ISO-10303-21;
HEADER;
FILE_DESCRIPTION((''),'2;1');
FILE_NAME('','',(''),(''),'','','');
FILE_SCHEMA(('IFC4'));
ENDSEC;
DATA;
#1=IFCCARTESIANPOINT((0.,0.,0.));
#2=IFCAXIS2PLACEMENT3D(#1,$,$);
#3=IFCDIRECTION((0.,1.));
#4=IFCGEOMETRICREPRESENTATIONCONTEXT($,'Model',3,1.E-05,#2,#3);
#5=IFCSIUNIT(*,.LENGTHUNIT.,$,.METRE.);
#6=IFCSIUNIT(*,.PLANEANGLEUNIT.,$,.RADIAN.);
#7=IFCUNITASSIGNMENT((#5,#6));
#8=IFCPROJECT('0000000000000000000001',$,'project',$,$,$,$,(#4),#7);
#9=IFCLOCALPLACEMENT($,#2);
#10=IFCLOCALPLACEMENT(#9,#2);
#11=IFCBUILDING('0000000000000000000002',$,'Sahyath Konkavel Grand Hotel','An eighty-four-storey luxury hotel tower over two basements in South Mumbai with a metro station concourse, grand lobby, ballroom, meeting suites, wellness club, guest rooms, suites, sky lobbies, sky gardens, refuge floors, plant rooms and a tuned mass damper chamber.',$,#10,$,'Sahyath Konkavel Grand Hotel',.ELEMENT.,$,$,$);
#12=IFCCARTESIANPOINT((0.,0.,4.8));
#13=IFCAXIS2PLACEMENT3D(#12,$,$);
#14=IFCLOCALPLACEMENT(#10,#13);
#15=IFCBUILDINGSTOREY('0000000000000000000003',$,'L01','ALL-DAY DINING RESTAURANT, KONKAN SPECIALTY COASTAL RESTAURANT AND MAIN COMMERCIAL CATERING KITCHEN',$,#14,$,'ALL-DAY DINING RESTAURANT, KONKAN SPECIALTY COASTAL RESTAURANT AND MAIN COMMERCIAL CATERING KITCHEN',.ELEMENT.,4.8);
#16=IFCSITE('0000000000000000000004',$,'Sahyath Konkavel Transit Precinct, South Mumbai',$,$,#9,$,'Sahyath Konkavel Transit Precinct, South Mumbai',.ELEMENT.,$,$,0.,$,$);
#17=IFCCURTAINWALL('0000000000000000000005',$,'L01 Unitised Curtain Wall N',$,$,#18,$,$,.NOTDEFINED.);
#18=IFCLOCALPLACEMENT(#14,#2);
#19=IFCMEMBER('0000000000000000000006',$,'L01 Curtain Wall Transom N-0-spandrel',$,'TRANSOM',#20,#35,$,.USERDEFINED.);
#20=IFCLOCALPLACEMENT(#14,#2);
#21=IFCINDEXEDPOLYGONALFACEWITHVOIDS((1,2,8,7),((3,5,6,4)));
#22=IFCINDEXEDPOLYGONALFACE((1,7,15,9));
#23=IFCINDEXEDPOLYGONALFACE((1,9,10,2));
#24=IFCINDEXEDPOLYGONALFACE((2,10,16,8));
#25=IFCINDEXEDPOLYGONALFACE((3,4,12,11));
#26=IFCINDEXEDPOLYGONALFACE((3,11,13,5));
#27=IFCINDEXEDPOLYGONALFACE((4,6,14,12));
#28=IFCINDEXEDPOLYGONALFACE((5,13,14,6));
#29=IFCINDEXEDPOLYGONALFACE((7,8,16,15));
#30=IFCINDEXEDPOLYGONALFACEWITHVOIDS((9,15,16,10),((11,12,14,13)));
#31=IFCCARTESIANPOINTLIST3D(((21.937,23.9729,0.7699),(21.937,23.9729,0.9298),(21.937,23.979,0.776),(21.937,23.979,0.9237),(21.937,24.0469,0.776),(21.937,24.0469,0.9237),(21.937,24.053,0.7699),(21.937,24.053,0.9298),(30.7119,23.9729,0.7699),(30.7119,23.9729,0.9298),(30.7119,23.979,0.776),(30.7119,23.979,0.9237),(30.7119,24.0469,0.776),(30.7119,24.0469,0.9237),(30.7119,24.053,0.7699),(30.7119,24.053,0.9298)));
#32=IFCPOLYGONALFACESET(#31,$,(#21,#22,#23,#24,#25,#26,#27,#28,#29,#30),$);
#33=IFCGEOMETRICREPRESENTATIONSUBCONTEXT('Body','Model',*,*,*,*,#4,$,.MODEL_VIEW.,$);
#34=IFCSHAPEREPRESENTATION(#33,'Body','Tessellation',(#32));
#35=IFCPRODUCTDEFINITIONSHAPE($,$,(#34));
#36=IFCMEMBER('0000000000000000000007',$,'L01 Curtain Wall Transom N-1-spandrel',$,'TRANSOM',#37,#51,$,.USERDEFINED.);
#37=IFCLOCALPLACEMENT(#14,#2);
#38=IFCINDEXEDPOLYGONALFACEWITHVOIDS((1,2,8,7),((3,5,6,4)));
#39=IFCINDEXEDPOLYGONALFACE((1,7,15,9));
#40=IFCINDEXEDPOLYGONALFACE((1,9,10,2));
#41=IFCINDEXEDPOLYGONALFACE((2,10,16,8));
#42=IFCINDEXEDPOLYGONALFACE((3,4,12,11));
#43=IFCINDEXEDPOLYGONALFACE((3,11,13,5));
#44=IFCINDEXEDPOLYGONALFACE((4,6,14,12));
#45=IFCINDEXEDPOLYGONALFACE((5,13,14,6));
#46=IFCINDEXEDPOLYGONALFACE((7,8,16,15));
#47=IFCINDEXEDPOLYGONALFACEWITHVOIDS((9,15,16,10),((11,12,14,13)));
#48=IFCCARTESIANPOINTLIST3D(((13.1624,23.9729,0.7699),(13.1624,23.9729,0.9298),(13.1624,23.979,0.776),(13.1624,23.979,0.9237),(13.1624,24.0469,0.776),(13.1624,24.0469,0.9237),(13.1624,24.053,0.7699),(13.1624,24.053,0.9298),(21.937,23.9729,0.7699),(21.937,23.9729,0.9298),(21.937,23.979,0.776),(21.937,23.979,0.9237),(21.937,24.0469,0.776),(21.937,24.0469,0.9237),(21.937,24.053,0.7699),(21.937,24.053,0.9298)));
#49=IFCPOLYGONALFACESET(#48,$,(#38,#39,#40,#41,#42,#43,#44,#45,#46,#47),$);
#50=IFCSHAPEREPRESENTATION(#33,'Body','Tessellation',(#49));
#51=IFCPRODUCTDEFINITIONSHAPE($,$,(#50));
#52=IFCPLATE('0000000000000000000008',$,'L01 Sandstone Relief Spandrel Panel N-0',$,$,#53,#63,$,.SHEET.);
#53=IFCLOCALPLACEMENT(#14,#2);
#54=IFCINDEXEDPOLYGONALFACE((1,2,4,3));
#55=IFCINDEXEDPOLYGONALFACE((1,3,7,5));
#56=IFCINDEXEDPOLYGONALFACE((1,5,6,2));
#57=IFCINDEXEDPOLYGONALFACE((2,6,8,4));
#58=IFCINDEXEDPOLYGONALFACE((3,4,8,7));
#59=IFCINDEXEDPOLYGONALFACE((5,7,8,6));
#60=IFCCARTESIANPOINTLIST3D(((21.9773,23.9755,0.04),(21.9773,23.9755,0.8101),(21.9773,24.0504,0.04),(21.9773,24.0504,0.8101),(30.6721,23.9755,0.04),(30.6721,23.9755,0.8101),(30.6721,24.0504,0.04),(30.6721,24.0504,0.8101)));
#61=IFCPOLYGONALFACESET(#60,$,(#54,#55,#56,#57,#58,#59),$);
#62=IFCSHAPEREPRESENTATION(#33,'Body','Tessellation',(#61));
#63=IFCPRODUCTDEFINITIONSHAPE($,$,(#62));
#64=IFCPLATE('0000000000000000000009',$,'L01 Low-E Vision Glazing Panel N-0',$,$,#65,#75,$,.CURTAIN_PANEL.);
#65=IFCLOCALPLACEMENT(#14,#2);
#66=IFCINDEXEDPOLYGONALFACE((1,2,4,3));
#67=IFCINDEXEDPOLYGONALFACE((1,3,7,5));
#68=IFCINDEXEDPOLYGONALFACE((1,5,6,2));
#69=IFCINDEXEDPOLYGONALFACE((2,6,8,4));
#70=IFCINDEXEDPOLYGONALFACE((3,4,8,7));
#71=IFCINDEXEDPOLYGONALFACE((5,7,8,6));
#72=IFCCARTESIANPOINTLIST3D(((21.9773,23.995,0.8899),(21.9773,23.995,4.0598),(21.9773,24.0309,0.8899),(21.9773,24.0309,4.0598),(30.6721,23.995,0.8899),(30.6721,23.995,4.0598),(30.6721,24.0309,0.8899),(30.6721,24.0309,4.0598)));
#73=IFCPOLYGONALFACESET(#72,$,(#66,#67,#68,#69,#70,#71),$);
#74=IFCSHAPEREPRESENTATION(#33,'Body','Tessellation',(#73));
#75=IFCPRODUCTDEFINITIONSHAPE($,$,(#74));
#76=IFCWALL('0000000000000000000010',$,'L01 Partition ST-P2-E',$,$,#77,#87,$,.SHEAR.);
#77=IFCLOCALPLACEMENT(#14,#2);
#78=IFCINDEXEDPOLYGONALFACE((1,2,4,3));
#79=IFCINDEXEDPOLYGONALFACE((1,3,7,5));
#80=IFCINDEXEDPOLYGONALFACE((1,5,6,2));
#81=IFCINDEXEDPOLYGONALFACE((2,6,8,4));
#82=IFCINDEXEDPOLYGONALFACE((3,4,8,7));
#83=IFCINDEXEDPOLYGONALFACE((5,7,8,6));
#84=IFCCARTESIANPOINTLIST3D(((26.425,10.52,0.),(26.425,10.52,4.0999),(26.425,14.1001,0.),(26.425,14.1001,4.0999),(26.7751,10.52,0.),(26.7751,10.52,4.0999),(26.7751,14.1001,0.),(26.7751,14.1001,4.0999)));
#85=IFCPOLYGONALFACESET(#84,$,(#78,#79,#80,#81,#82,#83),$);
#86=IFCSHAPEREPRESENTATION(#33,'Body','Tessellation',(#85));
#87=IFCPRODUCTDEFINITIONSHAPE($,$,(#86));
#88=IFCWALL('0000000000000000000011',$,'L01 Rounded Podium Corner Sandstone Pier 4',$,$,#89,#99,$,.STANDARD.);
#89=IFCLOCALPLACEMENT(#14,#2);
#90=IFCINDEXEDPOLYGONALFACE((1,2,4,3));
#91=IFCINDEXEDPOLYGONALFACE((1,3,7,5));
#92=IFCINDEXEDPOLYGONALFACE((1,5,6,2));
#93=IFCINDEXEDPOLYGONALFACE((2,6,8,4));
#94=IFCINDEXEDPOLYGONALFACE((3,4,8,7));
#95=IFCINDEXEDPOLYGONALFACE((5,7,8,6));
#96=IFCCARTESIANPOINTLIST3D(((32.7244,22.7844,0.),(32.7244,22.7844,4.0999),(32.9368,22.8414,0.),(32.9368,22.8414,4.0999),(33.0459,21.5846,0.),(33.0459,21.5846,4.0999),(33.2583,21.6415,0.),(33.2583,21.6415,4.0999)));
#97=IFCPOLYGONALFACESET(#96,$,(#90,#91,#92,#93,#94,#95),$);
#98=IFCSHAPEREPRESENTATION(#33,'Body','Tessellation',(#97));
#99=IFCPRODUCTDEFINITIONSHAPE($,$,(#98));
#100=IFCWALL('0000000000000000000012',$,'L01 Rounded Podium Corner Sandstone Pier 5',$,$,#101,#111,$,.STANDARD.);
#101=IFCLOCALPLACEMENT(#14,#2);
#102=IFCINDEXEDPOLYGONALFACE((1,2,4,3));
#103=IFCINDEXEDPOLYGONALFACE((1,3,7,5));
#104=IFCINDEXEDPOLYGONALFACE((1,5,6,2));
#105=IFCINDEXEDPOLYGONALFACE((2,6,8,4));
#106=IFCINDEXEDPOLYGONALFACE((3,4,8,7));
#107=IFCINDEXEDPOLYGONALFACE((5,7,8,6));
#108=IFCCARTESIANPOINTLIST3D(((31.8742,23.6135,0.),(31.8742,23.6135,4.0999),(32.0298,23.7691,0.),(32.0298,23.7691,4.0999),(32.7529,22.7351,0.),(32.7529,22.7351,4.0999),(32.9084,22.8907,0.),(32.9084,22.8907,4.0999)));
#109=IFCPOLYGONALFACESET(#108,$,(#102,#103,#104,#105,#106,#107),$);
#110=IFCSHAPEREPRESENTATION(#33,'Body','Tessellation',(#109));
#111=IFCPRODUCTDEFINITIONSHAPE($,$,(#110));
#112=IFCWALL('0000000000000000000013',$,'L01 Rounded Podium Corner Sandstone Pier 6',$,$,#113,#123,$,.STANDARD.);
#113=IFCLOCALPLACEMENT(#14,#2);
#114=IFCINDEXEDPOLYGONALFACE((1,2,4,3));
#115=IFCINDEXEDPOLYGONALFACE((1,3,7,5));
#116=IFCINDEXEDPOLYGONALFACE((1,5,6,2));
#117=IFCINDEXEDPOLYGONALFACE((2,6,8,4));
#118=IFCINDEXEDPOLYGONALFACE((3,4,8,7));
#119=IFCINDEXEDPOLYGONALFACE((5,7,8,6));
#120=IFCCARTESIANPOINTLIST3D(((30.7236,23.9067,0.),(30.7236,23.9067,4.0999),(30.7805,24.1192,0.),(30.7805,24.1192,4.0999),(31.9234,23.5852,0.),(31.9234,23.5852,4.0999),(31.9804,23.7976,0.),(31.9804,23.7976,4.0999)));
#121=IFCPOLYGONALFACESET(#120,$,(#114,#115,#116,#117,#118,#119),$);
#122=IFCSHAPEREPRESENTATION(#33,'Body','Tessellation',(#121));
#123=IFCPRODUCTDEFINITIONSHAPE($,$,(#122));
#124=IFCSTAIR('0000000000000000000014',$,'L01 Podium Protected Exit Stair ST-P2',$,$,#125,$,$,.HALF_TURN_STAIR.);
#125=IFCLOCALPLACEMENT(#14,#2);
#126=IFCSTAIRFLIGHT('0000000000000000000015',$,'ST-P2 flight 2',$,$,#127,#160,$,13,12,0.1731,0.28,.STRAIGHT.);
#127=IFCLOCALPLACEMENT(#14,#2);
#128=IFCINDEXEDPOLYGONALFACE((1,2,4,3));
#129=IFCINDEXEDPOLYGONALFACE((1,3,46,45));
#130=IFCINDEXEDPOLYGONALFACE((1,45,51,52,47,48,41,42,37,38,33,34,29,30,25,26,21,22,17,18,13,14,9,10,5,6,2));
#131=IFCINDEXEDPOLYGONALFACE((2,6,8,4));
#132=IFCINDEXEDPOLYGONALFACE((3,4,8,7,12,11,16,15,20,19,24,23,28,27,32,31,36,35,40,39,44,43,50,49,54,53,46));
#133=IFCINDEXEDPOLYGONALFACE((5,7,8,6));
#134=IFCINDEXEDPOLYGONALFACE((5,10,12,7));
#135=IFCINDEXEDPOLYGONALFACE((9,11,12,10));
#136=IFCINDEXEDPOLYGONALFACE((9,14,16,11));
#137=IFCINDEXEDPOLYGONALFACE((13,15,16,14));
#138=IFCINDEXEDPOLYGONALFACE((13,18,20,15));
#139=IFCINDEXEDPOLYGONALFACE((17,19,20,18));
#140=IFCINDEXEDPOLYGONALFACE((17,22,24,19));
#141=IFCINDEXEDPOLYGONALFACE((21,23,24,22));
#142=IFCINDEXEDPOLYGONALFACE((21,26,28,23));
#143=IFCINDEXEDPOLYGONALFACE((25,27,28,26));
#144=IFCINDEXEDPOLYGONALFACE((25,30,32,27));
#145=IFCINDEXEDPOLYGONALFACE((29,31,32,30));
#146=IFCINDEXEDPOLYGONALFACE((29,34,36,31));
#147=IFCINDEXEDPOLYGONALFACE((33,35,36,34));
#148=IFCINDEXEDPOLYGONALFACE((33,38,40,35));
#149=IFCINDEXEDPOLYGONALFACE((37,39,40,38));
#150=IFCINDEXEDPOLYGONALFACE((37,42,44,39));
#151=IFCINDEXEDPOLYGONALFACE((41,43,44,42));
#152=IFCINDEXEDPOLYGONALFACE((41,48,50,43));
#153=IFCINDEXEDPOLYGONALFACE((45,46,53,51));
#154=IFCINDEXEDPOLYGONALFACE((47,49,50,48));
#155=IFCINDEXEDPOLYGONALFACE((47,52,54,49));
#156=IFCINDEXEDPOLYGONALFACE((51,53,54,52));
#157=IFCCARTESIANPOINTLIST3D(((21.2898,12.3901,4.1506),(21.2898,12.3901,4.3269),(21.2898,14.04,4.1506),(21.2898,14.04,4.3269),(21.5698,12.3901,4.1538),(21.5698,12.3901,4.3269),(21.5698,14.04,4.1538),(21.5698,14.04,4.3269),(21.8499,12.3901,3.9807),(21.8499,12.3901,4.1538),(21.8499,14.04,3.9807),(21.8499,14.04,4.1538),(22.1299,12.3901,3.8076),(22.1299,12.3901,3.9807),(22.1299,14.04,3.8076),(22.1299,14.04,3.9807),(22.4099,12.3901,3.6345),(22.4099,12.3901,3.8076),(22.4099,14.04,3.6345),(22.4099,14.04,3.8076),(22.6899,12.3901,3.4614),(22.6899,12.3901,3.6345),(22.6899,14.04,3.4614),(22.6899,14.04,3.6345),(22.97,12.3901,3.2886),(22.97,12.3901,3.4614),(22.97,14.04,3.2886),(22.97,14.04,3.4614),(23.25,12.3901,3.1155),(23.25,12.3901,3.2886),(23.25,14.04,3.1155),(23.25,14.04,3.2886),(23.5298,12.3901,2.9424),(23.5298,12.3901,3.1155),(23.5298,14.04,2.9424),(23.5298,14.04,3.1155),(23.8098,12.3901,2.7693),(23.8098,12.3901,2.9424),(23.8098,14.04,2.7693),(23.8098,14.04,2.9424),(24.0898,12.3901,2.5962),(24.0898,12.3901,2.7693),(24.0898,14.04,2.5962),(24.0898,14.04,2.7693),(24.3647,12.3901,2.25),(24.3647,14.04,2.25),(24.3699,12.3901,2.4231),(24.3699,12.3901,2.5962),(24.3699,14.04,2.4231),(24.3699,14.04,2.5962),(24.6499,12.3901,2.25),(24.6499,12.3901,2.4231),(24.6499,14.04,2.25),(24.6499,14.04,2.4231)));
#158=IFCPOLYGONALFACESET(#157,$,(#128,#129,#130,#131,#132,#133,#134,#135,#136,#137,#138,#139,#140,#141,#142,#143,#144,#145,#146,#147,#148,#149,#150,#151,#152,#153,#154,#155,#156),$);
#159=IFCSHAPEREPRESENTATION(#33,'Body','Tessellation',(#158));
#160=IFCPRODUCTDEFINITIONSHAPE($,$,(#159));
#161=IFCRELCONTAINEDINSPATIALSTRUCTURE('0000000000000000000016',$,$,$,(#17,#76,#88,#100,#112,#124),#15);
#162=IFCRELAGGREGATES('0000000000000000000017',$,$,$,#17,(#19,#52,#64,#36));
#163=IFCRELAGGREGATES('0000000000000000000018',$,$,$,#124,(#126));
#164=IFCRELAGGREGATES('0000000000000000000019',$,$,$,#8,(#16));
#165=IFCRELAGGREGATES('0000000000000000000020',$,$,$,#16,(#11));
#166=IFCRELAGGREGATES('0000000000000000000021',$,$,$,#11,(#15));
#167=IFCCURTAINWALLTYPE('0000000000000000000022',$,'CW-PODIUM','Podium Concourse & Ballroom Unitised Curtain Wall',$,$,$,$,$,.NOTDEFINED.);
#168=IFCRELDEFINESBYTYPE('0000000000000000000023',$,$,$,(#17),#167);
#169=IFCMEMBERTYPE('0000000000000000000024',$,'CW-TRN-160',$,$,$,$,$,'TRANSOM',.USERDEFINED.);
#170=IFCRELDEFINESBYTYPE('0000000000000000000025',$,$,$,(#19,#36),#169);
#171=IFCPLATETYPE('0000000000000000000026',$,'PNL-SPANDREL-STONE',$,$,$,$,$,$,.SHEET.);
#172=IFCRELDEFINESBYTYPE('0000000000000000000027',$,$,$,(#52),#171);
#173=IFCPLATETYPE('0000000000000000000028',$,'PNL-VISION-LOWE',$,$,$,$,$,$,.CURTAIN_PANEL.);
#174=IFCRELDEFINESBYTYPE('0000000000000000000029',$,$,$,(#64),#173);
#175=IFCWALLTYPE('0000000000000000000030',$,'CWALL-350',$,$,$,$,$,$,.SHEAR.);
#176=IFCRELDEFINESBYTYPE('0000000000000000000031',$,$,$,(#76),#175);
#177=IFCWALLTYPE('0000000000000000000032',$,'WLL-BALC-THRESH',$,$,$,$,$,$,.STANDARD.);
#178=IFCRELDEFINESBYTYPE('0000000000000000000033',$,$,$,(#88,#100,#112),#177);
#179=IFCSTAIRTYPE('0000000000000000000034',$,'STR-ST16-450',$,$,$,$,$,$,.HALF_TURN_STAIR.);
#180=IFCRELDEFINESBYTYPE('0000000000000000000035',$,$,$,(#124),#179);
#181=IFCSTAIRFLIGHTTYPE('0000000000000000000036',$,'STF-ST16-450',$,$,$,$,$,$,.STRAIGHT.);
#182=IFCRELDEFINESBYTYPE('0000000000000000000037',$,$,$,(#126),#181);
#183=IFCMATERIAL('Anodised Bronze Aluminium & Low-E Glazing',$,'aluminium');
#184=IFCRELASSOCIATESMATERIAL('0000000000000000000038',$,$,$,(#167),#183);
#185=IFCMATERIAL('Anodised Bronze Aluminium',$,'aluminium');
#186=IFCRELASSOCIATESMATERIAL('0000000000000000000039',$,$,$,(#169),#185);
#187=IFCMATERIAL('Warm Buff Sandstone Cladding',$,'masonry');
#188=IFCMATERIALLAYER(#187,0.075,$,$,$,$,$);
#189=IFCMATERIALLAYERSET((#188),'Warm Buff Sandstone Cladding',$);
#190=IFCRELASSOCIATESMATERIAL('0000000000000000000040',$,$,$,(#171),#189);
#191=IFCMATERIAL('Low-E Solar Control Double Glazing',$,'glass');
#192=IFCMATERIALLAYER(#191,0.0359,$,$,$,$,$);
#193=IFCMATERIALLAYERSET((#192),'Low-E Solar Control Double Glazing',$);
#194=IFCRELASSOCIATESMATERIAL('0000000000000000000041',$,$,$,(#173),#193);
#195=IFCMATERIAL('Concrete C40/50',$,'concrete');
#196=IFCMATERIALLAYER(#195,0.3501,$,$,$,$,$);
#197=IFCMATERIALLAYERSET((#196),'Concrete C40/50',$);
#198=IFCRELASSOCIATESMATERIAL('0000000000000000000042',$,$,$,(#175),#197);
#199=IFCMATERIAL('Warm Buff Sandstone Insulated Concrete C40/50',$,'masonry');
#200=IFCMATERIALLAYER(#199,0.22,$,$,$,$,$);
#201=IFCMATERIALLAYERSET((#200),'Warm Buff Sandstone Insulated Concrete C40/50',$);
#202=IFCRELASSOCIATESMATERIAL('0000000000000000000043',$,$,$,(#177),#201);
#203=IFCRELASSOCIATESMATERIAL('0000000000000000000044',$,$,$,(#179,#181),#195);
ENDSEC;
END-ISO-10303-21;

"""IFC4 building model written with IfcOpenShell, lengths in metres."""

from ifc_helpers import new_model, si_unit, direction, frame, frame_2d, origin, origin_2d, place, context, subcontext, project, spatial, polyline, rectangle, hollow_rectangle, outline, extrude, source, transform, mapped, material, layer, layer_set, material_profile, profile_set, type_object, element, aggregate, save


model = new_model("IFC4")

# Units and contexts
model_context = context("Model", 3, precision=1e-05, world=origin(), true_north=direction((0.0, 1.0)))
body_context = subcontext(model_context, "Body", "Model", "MODEL_VIEW")
ifc_project = project(units=[si_unit("LENGTHUNIT", "METRE"), si_unit("PLANEANGLEUNIT", "RADIAN")], contexts=[model_context])

# Site, building, storey
site_placement = place(None, origin())
site = spatial("IfcSite", under=ifc_project, at=site_placement, Name="Sahyath Konkavel Transit Precinct, South Mumbai", LongName="Sahyath Konkavel Transit Precinct, South Mumbai", CompositionType="ELEMENT", RefElevation=0.0)
building_placement = place(site_placement, origin())
building = spatial("IfcBuilding", under=site, at=building_placement, Name="Sahyath Konkavel Grand Hotel", Description="An eighty-four-storey luxury hotel tower over two basements in South Mumbai with a metro station concourse, grand lobby, ballroom, meeting suites, wellness club, guest rooms, suites, sky lobbies, sky gardens, refuge floors, plant rooms and a tuned mass damper chamber.", LongName="Sahyath Konkavel Grand Hotel", CompositionType="ELEMENT")
storey_placement = place(building_placement, frame((0.0, 0.0, 4.8)))
storey = spatial("IfcBuildingStorey", under=building, at=storey_placement, Name="L01", Description="ALL-DAY DINING RESTAURANT, KONKAN SPECIALTY COASTAL RESTAURANT AND MAIN COMMERCIAL CATERING KITCHEN", LongName="ALL-DAY DINING RESTAURANT, KONKAN SPECIALTY COASTAL RESTAURANT AND MAIN COMMERCIAL CATERING KITCHEN", CompositionType="ELEMENT", Elevation=4.8)

# Curtain wall, members, plates
ifc_material_1 = material(Name="Anodised Bronze Aluminium & Low-E Glazing", Category="aluminium")
curtain_wall_type = type_object("IfcCurtainWallType", Name="CW-PODIUM", Description="Podium Concourse & Ballroom Unitised Curtain Wall", PredefinedType="NOTDEFINED", material=ifc_material_1)
curtain_wall_placement = place(storey_placement, origin())
curtain_wall = element("IfcCurtainWall", 1, at=curtain_wall_placement, inside=storey, type_object=curtain_wall_type, Name="L01 Unitised Curtain Wall N", PredefinedType="NOTDEFINED")
ifc_material_2 = material(Name="Anodised Bronze Aluminium", Category="aluminium")
ifc_material_profile_1 = material_profile(ifc_material_2, hollow_rectangle(XDim=0.0801, YDim=0.1599, WallThickness=0.0061, at=origin_2d()), Name="RHS 160x80x6")
ifc_profile_set_1 = profile_set([ifc_material_profile_1], Name="Anodised Bronze Aluminium")
member_type_1 = type_object("IfcMemberType", Name="CW-TRN-160", ElementType="TRANSOM", PredefinedType="USERDEFINED", material=ifc_profile_set_1)
shared_shape_1 = source(origin(), body_context, "Body", "SweptSolid", [
    extrude(hollow_rectangle(XDim=0.0801, YDim=0.1599, WallThickness=0.0061, at=origin_2d()), origin(), (0.0, 0.0, 1.0), 8.7749),
])
member_1_placement = place(storey_placement, frame((30.7119, 24.0129, 0.8499), z_axis=(-1.0, 0.0, 0.0), x_axis=(0.0, -1.0, 0.0)))
member_1 = element("IfcMember", 2, at=member_1_placement, type_object=member_type_1, Name="L01 Curtain Wall Transom N-0-spandrel", ObjectType="TRANSOM", PredefinedType="USERDEFINED", context=body_context, shape_type="MappedRepresentation", body=[
    mapped(shared_shape_1, transform((0.0, 0.0, 0.0), scale=1.0)),
])
shared_shape_2 = source(origin(), body_context, "Body", "SweptSolid", [
    extrude(hollow_rectangle(XDim=0.0801, YDim=0.1599, WallThickness=0.0061, at=origin_2d()), origin(), (0.0, 0.0, 1.0), 8.7747),
])
member_2_placement = place(storey_placement, frame((21.937, 24.0129, 0.8499), z_axis=(-1.0, 0.0, 0.0), x_axis=(0.0, -1.0, 0.0)))
member_2 = element("IfcMember", 3, at=member_2_placement, type_object=member_type_1, Name="L01 Curtain Wall Transom N-1-spandrel", ObjectType="TRANSOM", PredefinedType="USERDEFINED", context=body_context, shape_type="MappedRepresentation", body=[
    mapped(shared_shape_2, transform((0.0, 0.0, 0.0), scale=1.0)),
])
ifc_material_3 = material(Name="Warm Buff Sandstone Cladding", Category="masonry")
ifc_layer_1 = layer(ifc_material_3, 0.075)
ifc_layer_set_1 = layer_set([ifc_layer_1], Name="Warm Buff Sandstone Cladding")
plate_type_1 = type_object("IfcPlateType", Name="PNL-SPANDREL-STONE", PredefinedType="SHEET", material=ifc_layer_set_1)
shared_shape_3 = source(origin(), body_context, "Body", "SweptSolid", [
    extrude(rectangle(XDim=8.6948, YDim=0.075, at=origin_2d()), origin(), (0.0, 0.0, 1.0), 0.77),
])
plate_1_placement = place(storey_placement, frame((26.3247, 24.0129, 0.04), z_axis=(0.0, 0.0, 1.0), x_axis=(-1.0, 0.0, 0.0)))
plate_1 = element("IfcPlate", 4, at=plate_1_placement, type_object=plate_type_1, Name="L01 Sandstone Relief Spandrel Panel N-0", PredefinedType="SHEET", context=body_context, shape_type="MappedRepresentation", body=[
    mapped(shared_shape_3, transform((0.0, 0.0, 0.0), scale=1.0)),
])
ifc_material_4 = material(Name="Low-E Solar Control Double Glazing", Category="glass")
ifc_layer_2 = layer(ifc_material_4, 0.0359)
ifc_layer_set_2 = layer_set([ifc_layer_2], Name="Low-E Solar Control Double Glazing")
plate_type_2 = type_object("IfcPlateType", Name="PNL-VISION-LOWE", PredefinedType="CURTAIN_PANEL", material=ifc_layer_set_2)
shared_shape_4 = source(origin(), body_context, "Body", "SweptSolid", [
    extrude(rectangle(XDim=8.6948, YDim=0.0359, at=origin_2d()), origin(), (0.0, 0.0, 1.0), 3.1699),
])
plate_2_placement = place(storey_placement, frame((26.3247, 24.0129, 0.8899), z_axis=(0.0, 0.0, 1.0), x_axis=(-1.0, 0.0, 0.0)))
plate_2 = element("IfcPlate", 5, at=plate_2_placement, type_object=plate_type_2, Name="L01 Low-E Vision Glazing Panel N-0", PredefinedType="CURTAIN_PANEL", context=body_context, shape_type="MappedRepresentation", body=[
    mapped(shared_shape_4, transform((0.0, 0.0, 0.0), scale=1.0)),
])
aggregate(curtain_wall, [member_1, plate_1, plate_2, member_2])

# Walls
ifc_material_5 = material(Name="Concrete C40/50", Category="concrete")
ifc_layer_3 = layer(ifc_material_5, 0.3501)
ifc_layer_set_3 = layer_set([ifc_layer_3], Name="Concrete C40/50")
wall_type_1 = type_object("IfcWallType", Name="CWALL-350", PredefinedType="SHEAR", material=ifc_layer_set_3)
wall_1_placement = place(storey_placement, frame((26.6001, 10.52, 0.0), z_axis=(0.0, 0.0, 1.0), x_axis=(0.0, 1.0, 0.0)))
element("IfcWall", 6, at=wall_1_placement, inside=storey, type_object=wall_type_1, Name="L01 Partition ST-P2-E", PredefinedType="SHEAR", context=body_context, shape_type="SweptSolid", body=[
    extrude(rectangle(XDim=3.5801, YDim=0.3501, at=frame_2d((1.79, 0.0))), origin(), (0.0, 0.0, 1.0), 4.0999),
])
ifc_material_6 = material(Name="Warm Buff Sandstone Insulated Concrete C40/50", Category="masonry")
ifc_layer_4 = layer(ifc_material_6, 0.22)
ifc_layer_set_4 = layer_set([ifc_layer_4], Name="Warm Buff Sandstone Insulated Concrete C40/50")
wall_type_2 = type_object("IfcWallType", Name="WLL-BALC-THRESH", PredefinedType="STANDARD", material=ifc_layer_set_4)
wall_2_placement = place(storey_placement, frame((33.1521, 21.613, 0.0), z_axis=(0.0, 0.0, 1.0), x_axis=(-0.258824, 0.965924, 0.0)))
element("IfcWall", 7, at=wall_2_placement, inside=storey, type_object=wall_type_2, Name="L01 Rounded Podium Corner Sandstone Pier 4", PredefinedType="STANDARD", context=body_context, shape_type="SweptSolid", body=[
    extrude(rectangle(XDim=1.2422, YDim=0.22, at=frame_2d((0.6211, 0.0))), origin(), (0.0, 0.0, 1.0), 4.0999),
])
wall_3_placement = place(storey_placement, frame((32.8306, 22.813, 0.0), z_axis=(0.0, 0.0, 1.0), x_axis=(-0.707205, 0.707009, 0.0)))
element("IfcWall", 8, at=wall_3_placement, inside=storey, type_object=wall_type_2, Name="L01 Rounded Podium Corner Sandstone Pier 5", PredefinedType="STANDARD", context=body_context, shape_type="SweptSolid", body=[
    extrude(rectangle(XDim=1.2424, YDim=0.22, at=frame_2d((0.6211, 0.0))), origin(), (0.0, 0.0, 1.0), 4.0999),
])
wall_4_placement = place(storey_placement, frame((31.9519, 23.6914, 0.0), z_axis=(0.0, 0.0, 1.0), x_axis=(-0.965924, 0.258824, 0.0)))
element("IfcWall", 9, at=wall_4_placement, inside=storey, type_object=wall_type_2, Name="L01 Rounded Podium Corner Sandstone Pier 6", PredefinedType="STANDARD", context=body_context, shape_type="SweptSolid", body=[
    extrude(rectangle(XDim=1.2422, YDim=0.22, at=frame_2d((0.6211, 0.0))), origin(), (0.0, 0.0, 1.0), 4.0999),
])

# Stair, stair flight
stair_type = type_object("IfcStairType", Name="STR-ST16-450", PredefinedType="HALF_TURN_STAIR", material=ifc_material_5)
stair_placement = place(storey_placement, origin())
stair = element("IfcStair", 10, at=stair_placement, inside=storey, type_object=stair_type, Name="L01 Podium Protected Exit Stair ST-P2", PredefinedType="HALF_TURN_STAIR")
stair_flight_type = type_object("IfcStairFlightType", Name="STF-ST16-450", PredefinedType="STRAIGHT", material=ifc_material_5)
stair_flight_placement = place(storey_placement, frame((24.6499, 13.2151, 2.25), z_axis=(0.0, 0.0, 1.0), x_axis=(-1.0, 0.0, 0.0)))
stair_flight = element("IfcStairFlight", 11, at=stair_flight_placement, type_object=stair_flight_type, Name="ST-P2 flight 2", NumberOfRisers=13, NumberOfTreads=12, PredefinedType="STRAIGHT", RiserHeight=0.1731, TreadLength=0.28, context=body_context, shape_type="SweptSolid", body=[
    extrude(outline(polyline([(0.0, 0.0), (0.0, 0.1731), (0.28, 0.1731), (0.28, 0.3462), (0.5601, 0.3462), (0.5601, 0.5193), (0.8401, 0.5193), (0.8401, 0.6924), (1.1201, 0.6924), (1.1201, 0.8655), (1.3999, 0.8655), (1.3999, 1.0386), (1.6799, 1.0386), (1.6799, 1.2114), (1.96, 1.2114), (1.96, 1.3845), (2.24, 1.3845), (2.24, 1.5576), (2.52, 1.5576), (2.52, 1.7307), (2.8, 1.7307), (2.8, 1.9038), (3.0801, 1.9038), (3.0801, 2.0769), (3.3601, 2.0769), (3.3601, 2.25), (3.3601, 1.9006), (0.2852, 0.0), (0.0, 0.0)])), frame((0.0, 0.825, 0.0), z_axis=(0.0, -1.0, 0.0), x_axis=(1.0, 0.0, 0.0)), (0.0, 0.0, 1.0), 1.6499),
])
aggregate(stair, [stair_flight])

save(model, "model.ifc")
